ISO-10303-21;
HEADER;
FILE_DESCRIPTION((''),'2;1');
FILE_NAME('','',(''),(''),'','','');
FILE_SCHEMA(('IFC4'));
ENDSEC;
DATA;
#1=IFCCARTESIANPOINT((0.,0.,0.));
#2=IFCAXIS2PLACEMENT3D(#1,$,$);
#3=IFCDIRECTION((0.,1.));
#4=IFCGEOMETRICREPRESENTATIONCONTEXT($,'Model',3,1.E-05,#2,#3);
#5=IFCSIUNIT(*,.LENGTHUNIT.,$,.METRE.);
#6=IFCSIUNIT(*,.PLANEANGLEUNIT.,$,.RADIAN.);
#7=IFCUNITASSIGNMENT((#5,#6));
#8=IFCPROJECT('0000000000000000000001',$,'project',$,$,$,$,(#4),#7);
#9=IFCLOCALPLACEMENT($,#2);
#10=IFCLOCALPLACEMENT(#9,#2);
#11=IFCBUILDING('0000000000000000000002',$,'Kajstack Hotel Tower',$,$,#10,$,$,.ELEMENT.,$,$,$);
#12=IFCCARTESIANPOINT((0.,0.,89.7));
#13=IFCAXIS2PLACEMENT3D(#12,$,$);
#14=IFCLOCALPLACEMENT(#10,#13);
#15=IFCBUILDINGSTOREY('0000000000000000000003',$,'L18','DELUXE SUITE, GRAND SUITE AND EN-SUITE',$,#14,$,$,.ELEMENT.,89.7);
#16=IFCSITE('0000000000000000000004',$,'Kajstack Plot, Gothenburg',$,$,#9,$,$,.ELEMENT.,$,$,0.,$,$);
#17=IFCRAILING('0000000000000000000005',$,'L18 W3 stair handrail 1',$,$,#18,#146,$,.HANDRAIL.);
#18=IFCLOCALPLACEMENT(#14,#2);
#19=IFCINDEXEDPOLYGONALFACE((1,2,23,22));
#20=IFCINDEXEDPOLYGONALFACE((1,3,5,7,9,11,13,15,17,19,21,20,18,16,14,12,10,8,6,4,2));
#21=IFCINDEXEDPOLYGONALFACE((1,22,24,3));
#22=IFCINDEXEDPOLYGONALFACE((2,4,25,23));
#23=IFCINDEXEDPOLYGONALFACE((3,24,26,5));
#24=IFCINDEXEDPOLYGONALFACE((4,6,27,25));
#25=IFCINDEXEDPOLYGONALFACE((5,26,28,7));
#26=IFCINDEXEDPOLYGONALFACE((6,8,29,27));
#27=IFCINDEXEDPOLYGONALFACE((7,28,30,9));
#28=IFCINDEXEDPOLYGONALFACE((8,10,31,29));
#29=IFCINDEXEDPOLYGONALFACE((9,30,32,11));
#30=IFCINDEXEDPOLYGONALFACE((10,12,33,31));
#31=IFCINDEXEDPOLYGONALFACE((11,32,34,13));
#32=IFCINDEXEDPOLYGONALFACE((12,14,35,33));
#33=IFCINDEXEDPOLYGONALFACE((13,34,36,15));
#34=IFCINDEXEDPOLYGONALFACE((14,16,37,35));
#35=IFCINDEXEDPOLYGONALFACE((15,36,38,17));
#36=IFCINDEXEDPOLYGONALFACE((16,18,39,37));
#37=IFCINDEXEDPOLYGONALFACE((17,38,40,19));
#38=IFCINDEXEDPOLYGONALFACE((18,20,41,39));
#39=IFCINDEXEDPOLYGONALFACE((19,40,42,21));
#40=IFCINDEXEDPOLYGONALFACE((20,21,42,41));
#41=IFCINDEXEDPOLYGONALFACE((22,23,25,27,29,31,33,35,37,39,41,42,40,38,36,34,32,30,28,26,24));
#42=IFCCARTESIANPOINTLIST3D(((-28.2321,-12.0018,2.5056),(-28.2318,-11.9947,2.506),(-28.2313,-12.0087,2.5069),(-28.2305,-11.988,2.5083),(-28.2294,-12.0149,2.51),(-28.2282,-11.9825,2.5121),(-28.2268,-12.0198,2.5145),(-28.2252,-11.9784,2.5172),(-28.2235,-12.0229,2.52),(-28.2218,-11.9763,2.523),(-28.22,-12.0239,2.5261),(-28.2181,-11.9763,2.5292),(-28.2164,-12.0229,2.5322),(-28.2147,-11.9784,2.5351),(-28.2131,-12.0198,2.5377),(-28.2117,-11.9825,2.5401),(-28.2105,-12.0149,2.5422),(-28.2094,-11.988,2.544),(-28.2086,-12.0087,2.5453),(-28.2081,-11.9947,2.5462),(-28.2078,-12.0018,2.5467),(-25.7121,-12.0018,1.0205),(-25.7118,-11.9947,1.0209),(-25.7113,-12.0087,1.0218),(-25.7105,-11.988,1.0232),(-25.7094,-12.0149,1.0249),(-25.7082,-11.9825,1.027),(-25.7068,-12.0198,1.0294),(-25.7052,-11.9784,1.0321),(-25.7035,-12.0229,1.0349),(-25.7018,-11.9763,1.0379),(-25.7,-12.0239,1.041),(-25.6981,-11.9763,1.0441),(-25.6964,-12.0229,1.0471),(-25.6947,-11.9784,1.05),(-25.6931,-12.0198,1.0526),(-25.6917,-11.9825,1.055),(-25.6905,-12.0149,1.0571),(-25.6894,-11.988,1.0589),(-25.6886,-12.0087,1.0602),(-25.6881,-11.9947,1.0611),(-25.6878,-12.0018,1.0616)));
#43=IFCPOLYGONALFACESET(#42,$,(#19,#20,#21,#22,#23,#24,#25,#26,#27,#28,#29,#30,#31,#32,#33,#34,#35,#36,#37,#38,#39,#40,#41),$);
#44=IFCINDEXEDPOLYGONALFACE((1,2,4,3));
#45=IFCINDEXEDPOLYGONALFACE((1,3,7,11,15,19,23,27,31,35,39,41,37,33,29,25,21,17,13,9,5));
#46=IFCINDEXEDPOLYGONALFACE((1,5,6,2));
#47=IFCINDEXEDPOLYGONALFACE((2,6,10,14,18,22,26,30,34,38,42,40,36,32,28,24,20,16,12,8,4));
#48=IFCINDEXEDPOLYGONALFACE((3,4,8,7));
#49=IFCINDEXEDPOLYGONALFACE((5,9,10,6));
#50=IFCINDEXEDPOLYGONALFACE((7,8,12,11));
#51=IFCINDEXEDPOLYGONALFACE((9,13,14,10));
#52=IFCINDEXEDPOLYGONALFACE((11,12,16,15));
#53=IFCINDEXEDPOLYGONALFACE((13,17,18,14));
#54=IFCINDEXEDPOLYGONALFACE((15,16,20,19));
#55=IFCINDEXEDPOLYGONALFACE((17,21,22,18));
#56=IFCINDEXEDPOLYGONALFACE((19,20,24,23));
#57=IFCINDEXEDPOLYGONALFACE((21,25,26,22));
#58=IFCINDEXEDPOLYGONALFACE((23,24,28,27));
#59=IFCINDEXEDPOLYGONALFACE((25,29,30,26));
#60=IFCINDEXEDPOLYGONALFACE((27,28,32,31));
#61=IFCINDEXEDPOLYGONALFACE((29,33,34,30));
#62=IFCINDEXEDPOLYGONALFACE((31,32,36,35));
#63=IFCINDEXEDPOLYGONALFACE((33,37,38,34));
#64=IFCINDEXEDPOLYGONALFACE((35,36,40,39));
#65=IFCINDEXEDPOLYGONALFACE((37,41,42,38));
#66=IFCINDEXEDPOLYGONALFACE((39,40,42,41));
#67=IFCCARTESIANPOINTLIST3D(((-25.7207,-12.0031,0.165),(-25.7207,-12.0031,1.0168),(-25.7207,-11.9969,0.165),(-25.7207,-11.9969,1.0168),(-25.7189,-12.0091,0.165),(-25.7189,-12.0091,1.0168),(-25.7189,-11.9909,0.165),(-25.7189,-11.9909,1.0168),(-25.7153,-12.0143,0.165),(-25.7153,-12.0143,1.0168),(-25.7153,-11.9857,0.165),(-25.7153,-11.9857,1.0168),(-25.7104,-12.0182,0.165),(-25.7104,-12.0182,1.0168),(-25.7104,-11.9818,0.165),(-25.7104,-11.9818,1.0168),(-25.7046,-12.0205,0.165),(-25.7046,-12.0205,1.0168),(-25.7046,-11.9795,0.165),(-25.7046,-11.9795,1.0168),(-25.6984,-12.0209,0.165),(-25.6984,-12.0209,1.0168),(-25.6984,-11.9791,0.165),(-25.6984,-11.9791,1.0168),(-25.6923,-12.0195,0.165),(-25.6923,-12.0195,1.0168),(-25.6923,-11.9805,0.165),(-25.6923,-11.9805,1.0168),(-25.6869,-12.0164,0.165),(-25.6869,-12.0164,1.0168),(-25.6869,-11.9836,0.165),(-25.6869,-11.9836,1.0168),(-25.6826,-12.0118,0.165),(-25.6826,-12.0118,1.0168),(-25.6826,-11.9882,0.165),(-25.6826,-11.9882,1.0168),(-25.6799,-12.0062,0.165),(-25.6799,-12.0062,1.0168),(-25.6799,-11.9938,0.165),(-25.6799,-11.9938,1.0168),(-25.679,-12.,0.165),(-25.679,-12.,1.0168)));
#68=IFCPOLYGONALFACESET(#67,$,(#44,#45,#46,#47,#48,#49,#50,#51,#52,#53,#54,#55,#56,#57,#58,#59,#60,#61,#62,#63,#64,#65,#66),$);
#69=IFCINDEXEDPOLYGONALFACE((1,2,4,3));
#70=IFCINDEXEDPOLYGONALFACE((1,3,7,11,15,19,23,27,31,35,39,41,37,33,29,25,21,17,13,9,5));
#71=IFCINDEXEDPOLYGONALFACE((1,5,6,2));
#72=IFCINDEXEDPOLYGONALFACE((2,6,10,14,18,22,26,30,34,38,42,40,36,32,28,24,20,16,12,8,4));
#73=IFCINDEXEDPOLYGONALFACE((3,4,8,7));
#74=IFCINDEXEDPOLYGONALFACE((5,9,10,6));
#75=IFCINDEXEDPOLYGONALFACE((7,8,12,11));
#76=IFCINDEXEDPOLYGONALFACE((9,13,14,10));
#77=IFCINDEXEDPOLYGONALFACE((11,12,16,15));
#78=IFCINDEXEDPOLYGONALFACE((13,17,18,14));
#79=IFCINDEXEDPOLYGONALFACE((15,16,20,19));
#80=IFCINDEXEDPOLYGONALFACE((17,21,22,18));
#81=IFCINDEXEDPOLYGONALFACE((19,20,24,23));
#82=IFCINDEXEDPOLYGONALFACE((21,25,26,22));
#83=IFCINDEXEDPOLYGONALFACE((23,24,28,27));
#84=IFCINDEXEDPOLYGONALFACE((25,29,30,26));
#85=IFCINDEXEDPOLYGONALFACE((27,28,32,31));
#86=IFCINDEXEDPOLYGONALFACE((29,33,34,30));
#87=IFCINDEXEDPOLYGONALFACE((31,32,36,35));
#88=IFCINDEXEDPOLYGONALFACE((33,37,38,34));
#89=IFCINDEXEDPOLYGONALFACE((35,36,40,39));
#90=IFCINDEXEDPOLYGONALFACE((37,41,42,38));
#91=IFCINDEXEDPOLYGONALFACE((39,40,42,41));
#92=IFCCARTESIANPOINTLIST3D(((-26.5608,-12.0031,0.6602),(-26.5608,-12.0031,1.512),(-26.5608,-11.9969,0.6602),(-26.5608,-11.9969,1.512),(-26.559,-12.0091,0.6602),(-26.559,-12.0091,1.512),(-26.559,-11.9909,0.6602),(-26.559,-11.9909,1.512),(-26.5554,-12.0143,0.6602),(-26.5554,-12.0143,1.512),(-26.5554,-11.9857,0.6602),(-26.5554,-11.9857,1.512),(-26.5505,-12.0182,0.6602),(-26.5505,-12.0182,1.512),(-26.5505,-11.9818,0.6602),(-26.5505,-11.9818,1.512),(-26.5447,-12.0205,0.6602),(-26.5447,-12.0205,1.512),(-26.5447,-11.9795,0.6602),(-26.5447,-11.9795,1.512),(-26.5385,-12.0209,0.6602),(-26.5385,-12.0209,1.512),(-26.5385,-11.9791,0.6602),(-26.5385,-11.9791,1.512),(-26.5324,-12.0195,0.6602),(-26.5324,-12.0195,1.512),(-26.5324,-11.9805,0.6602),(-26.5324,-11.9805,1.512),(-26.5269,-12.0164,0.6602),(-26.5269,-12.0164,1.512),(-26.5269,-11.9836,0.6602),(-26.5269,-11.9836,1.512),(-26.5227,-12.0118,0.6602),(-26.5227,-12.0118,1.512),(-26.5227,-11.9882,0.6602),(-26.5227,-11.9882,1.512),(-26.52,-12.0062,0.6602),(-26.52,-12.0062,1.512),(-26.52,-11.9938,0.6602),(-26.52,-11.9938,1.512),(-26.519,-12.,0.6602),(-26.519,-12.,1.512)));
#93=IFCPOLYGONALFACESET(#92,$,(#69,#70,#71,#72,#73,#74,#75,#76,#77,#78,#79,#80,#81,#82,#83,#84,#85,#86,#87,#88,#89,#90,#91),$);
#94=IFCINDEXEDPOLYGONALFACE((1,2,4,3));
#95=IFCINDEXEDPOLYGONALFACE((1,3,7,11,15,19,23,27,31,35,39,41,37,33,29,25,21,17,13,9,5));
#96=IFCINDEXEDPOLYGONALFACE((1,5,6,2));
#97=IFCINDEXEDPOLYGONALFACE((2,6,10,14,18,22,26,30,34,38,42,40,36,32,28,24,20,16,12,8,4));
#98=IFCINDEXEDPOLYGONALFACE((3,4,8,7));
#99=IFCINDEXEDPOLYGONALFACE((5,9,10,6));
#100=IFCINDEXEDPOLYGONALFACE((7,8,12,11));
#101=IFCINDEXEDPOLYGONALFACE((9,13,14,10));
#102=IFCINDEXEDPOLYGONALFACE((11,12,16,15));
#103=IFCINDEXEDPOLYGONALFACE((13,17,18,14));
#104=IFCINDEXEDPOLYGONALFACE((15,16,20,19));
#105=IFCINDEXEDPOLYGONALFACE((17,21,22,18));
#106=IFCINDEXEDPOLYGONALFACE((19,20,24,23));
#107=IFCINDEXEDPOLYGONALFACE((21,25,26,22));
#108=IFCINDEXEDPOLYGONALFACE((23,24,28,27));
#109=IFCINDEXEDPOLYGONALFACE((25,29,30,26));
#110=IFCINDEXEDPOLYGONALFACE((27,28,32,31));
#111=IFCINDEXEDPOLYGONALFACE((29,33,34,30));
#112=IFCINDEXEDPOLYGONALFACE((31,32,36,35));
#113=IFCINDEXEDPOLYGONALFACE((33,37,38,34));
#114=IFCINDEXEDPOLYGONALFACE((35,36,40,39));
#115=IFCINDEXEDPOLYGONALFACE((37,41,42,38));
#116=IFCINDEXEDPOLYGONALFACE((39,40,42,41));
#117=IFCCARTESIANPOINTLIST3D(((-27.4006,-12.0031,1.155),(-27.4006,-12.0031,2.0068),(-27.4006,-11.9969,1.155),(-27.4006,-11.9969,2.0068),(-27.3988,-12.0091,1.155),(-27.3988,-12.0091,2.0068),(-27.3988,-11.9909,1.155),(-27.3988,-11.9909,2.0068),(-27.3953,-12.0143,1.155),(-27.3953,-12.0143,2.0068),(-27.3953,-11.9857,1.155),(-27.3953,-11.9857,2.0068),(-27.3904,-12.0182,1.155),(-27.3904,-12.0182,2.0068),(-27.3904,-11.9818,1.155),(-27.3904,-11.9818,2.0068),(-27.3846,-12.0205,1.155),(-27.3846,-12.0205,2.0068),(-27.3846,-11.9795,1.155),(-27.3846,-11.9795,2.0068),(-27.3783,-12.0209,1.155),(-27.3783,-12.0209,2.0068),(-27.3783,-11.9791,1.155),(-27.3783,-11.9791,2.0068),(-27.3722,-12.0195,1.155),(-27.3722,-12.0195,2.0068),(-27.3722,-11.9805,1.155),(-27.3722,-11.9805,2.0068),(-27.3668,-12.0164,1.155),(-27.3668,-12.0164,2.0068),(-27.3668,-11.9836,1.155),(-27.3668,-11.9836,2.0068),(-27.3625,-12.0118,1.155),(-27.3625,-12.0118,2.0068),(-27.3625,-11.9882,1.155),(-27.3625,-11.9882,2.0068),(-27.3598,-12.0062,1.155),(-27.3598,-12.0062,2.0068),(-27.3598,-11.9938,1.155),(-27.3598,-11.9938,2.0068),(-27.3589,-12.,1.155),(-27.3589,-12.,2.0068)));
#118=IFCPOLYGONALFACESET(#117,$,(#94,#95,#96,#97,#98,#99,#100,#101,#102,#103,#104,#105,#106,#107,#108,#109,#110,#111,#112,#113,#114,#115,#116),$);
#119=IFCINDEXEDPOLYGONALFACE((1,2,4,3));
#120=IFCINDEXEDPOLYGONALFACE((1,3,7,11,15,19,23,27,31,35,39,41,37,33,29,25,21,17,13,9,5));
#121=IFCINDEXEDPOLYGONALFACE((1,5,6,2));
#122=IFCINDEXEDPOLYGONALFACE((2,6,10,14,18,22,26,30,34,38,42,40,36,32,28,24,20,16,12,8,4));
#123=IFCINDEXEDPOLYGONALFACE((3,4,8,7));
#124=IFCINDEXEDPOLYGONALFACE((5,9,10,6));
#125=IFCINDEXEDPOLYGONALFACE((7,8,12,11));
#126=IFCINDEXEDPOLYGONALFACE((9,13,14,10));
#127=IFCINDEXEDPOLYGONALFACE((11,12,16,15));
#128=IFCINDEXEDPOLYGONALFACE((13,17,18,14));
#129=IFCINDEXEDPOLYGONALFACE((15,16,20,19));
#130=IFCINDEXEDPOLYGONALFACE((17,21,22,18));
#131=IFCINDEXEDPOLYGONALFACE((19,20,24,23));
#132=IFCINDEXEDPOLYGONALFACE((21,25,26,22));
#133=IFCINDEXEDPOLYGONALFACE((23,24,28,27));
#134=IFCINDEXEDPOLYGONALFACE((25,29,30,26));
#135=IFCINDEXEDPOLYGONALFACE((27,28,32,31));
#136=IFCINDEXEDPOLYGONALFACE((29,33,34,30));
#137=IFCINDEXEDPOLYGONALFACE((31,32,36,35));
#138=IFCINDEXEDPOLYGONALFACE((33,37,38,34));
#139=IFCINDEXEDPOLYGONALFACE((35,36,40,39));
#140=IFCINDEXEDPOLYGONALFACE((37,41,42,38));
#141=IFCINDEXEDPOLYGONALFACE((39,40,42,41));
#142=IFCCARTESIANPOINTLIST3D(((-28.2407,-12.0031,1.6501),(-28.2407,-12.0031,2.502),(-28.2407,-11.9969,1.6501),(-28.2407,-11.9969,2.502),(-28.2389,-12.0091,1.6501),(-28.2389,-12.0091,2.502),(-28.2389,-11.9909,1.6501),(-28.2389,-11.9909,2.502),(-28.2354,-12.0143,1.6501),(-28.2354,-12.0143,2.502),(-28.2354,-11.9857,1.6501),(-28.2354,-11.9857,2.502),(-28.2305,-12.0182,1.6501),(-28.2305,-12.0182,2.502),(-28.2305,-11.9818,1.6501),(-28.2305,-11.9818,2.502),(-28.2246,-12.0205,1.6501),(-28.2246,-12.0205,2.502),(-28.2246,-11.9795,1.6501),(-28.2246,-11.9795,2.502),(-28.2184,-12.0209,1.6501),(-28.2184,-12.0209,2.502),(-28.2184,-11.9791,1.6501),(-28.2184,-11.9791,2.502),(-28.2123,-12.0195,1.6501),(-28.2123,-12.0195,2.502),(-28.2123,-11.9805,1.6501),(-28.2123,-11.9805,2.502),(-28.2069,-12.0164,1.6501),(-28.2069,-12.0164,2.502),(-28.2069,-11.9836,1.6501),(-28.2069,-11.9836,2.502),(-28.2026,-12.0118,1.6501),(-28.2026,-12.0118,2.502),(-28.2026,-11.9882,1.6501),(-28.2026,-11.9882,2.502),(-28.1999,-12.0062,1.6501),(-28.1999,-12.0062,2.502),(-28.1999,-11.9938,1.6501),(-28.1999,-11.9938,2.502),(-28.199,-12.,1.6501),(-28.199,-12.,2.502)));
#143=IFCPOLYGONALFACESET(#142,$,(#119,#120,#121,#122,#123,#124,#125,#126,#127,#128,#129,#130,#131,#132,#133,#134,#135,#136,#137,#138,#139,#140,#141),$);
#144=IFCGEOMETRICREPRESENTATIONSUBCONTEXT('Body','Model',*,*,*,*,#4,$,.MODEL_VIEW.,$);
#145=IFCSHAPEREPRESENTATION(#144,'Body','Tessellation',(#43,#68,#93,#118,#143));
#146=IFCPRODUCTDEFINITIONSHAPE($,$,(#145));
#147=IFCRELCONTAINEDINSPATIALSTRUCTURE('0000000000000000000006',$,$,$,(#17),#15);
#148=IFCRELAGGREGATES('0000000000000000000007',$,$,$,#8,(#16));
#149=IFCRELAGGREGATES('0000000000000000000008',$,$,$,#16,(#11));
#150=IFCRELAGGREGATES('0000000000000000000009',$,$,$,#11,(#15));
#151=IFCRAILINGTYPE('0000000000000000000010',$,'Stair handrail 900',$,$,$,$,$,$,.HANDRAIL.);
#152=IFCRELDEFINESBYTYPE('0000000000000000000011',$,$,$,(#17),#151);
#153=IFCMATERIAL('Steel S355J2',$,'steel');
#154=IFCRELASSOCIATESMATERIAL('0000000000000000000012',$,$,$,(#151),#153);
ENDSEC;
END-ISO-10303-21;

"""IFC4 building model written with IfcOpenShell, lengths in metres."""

from ifc_helpers import new_model, si_unit, direction, frame, origin, origin_2d, place, context, subcontext, project, spatial, circle, extrude, material, type_object, element, save


model = new_model("IFC4")

# Units and contexts
model_context = context("Model", 3, precision=1e-05, world=origin(), true_north=direction((0.0, 1.0)))
body_context = subcontext(model_context, "Body", "Model", "MODEL_VIEW")
ifc_project = project(units=[si_unit("LENGTHUNIT", "METRE"), si_unit("PLANEANGLEUNIT", "RADIAN")], contexts=[model_context])

# Site, building, storey
site_placement = place(None, origin())
site = spatial("IfcSite", under=ifc_project, at=site_placement, Name="Kajstack Plot, Gothenburg", CompositionType="ELEMENT", RefElevation=0.0)
building_placement = place(site_placement, origin())
building = spatial("IfcBuilding", under=site, at=building_placement, Name="Kajstack Hotel Tower", CompositionType="ELEMENT")
storey_placement = place(building_placement, frame((0.0, 0.0, 89.7)))
storey = spatial("IfcBuildingStorey", under=building, at=storey_placement, Name="L18", Description="DELUXE SUITE, GRAND SUITE AND EN-SUITE", CompositionType="ELEMENT", Elevation=89.7)

# Railing
ifc_material_1 = material(Name="Steel S355J2", Category="steel")
railing_type_1 = type_object("IfcRailingType", Name="Stair handrail 900", PredefinedType="HANDRAIL", material=ifc_material_1)
railing_1_placement = place(storey_placement, frame((-25.7, -12.0, 0.165)))
element("IfcRailing", 1, at=railing_1_placement, inside=storey, type_object=railing_type_1, Name="L18 W3 stair handrail 1", PredefinedType="HANDRAIL", context=body_context, shape_type="SweptSolid", body=[
    extrude(circle(Radius=0.0239, at=origin_2d()), frame((0.0, 0.0, 0.876), z_axis=(-0.861524, 0.0, 0.507717), x_axis=(0.0, -1.0, 0.0)), (0.0, 0.0, 1.0), 2.925),
    extrude(circle(Radius=0.021, at=origin_2d()), origin(), (0.0, 0.0, 1.0), 0.8518),
    extrude(circle(Radius=0.021, at=origin_2d()), frame((-0.8401, 0.0, 0.4951)), (0.0, 0.0, 1.0), 0.8518),
    extrude(circle(Radius=0.021, at=origin_2d()), frame((-1.6799, 0.0, 0.99)), (0.0, 0.0, 1.0), 0.8518),
    extrude(circle(Radius=0.021, at=origin_2d()), frame((-2.52, 0.0, 1.4851)), (0.0, 0.0, 1.0), 0.8518),
])

save(model, "model.ifc")
